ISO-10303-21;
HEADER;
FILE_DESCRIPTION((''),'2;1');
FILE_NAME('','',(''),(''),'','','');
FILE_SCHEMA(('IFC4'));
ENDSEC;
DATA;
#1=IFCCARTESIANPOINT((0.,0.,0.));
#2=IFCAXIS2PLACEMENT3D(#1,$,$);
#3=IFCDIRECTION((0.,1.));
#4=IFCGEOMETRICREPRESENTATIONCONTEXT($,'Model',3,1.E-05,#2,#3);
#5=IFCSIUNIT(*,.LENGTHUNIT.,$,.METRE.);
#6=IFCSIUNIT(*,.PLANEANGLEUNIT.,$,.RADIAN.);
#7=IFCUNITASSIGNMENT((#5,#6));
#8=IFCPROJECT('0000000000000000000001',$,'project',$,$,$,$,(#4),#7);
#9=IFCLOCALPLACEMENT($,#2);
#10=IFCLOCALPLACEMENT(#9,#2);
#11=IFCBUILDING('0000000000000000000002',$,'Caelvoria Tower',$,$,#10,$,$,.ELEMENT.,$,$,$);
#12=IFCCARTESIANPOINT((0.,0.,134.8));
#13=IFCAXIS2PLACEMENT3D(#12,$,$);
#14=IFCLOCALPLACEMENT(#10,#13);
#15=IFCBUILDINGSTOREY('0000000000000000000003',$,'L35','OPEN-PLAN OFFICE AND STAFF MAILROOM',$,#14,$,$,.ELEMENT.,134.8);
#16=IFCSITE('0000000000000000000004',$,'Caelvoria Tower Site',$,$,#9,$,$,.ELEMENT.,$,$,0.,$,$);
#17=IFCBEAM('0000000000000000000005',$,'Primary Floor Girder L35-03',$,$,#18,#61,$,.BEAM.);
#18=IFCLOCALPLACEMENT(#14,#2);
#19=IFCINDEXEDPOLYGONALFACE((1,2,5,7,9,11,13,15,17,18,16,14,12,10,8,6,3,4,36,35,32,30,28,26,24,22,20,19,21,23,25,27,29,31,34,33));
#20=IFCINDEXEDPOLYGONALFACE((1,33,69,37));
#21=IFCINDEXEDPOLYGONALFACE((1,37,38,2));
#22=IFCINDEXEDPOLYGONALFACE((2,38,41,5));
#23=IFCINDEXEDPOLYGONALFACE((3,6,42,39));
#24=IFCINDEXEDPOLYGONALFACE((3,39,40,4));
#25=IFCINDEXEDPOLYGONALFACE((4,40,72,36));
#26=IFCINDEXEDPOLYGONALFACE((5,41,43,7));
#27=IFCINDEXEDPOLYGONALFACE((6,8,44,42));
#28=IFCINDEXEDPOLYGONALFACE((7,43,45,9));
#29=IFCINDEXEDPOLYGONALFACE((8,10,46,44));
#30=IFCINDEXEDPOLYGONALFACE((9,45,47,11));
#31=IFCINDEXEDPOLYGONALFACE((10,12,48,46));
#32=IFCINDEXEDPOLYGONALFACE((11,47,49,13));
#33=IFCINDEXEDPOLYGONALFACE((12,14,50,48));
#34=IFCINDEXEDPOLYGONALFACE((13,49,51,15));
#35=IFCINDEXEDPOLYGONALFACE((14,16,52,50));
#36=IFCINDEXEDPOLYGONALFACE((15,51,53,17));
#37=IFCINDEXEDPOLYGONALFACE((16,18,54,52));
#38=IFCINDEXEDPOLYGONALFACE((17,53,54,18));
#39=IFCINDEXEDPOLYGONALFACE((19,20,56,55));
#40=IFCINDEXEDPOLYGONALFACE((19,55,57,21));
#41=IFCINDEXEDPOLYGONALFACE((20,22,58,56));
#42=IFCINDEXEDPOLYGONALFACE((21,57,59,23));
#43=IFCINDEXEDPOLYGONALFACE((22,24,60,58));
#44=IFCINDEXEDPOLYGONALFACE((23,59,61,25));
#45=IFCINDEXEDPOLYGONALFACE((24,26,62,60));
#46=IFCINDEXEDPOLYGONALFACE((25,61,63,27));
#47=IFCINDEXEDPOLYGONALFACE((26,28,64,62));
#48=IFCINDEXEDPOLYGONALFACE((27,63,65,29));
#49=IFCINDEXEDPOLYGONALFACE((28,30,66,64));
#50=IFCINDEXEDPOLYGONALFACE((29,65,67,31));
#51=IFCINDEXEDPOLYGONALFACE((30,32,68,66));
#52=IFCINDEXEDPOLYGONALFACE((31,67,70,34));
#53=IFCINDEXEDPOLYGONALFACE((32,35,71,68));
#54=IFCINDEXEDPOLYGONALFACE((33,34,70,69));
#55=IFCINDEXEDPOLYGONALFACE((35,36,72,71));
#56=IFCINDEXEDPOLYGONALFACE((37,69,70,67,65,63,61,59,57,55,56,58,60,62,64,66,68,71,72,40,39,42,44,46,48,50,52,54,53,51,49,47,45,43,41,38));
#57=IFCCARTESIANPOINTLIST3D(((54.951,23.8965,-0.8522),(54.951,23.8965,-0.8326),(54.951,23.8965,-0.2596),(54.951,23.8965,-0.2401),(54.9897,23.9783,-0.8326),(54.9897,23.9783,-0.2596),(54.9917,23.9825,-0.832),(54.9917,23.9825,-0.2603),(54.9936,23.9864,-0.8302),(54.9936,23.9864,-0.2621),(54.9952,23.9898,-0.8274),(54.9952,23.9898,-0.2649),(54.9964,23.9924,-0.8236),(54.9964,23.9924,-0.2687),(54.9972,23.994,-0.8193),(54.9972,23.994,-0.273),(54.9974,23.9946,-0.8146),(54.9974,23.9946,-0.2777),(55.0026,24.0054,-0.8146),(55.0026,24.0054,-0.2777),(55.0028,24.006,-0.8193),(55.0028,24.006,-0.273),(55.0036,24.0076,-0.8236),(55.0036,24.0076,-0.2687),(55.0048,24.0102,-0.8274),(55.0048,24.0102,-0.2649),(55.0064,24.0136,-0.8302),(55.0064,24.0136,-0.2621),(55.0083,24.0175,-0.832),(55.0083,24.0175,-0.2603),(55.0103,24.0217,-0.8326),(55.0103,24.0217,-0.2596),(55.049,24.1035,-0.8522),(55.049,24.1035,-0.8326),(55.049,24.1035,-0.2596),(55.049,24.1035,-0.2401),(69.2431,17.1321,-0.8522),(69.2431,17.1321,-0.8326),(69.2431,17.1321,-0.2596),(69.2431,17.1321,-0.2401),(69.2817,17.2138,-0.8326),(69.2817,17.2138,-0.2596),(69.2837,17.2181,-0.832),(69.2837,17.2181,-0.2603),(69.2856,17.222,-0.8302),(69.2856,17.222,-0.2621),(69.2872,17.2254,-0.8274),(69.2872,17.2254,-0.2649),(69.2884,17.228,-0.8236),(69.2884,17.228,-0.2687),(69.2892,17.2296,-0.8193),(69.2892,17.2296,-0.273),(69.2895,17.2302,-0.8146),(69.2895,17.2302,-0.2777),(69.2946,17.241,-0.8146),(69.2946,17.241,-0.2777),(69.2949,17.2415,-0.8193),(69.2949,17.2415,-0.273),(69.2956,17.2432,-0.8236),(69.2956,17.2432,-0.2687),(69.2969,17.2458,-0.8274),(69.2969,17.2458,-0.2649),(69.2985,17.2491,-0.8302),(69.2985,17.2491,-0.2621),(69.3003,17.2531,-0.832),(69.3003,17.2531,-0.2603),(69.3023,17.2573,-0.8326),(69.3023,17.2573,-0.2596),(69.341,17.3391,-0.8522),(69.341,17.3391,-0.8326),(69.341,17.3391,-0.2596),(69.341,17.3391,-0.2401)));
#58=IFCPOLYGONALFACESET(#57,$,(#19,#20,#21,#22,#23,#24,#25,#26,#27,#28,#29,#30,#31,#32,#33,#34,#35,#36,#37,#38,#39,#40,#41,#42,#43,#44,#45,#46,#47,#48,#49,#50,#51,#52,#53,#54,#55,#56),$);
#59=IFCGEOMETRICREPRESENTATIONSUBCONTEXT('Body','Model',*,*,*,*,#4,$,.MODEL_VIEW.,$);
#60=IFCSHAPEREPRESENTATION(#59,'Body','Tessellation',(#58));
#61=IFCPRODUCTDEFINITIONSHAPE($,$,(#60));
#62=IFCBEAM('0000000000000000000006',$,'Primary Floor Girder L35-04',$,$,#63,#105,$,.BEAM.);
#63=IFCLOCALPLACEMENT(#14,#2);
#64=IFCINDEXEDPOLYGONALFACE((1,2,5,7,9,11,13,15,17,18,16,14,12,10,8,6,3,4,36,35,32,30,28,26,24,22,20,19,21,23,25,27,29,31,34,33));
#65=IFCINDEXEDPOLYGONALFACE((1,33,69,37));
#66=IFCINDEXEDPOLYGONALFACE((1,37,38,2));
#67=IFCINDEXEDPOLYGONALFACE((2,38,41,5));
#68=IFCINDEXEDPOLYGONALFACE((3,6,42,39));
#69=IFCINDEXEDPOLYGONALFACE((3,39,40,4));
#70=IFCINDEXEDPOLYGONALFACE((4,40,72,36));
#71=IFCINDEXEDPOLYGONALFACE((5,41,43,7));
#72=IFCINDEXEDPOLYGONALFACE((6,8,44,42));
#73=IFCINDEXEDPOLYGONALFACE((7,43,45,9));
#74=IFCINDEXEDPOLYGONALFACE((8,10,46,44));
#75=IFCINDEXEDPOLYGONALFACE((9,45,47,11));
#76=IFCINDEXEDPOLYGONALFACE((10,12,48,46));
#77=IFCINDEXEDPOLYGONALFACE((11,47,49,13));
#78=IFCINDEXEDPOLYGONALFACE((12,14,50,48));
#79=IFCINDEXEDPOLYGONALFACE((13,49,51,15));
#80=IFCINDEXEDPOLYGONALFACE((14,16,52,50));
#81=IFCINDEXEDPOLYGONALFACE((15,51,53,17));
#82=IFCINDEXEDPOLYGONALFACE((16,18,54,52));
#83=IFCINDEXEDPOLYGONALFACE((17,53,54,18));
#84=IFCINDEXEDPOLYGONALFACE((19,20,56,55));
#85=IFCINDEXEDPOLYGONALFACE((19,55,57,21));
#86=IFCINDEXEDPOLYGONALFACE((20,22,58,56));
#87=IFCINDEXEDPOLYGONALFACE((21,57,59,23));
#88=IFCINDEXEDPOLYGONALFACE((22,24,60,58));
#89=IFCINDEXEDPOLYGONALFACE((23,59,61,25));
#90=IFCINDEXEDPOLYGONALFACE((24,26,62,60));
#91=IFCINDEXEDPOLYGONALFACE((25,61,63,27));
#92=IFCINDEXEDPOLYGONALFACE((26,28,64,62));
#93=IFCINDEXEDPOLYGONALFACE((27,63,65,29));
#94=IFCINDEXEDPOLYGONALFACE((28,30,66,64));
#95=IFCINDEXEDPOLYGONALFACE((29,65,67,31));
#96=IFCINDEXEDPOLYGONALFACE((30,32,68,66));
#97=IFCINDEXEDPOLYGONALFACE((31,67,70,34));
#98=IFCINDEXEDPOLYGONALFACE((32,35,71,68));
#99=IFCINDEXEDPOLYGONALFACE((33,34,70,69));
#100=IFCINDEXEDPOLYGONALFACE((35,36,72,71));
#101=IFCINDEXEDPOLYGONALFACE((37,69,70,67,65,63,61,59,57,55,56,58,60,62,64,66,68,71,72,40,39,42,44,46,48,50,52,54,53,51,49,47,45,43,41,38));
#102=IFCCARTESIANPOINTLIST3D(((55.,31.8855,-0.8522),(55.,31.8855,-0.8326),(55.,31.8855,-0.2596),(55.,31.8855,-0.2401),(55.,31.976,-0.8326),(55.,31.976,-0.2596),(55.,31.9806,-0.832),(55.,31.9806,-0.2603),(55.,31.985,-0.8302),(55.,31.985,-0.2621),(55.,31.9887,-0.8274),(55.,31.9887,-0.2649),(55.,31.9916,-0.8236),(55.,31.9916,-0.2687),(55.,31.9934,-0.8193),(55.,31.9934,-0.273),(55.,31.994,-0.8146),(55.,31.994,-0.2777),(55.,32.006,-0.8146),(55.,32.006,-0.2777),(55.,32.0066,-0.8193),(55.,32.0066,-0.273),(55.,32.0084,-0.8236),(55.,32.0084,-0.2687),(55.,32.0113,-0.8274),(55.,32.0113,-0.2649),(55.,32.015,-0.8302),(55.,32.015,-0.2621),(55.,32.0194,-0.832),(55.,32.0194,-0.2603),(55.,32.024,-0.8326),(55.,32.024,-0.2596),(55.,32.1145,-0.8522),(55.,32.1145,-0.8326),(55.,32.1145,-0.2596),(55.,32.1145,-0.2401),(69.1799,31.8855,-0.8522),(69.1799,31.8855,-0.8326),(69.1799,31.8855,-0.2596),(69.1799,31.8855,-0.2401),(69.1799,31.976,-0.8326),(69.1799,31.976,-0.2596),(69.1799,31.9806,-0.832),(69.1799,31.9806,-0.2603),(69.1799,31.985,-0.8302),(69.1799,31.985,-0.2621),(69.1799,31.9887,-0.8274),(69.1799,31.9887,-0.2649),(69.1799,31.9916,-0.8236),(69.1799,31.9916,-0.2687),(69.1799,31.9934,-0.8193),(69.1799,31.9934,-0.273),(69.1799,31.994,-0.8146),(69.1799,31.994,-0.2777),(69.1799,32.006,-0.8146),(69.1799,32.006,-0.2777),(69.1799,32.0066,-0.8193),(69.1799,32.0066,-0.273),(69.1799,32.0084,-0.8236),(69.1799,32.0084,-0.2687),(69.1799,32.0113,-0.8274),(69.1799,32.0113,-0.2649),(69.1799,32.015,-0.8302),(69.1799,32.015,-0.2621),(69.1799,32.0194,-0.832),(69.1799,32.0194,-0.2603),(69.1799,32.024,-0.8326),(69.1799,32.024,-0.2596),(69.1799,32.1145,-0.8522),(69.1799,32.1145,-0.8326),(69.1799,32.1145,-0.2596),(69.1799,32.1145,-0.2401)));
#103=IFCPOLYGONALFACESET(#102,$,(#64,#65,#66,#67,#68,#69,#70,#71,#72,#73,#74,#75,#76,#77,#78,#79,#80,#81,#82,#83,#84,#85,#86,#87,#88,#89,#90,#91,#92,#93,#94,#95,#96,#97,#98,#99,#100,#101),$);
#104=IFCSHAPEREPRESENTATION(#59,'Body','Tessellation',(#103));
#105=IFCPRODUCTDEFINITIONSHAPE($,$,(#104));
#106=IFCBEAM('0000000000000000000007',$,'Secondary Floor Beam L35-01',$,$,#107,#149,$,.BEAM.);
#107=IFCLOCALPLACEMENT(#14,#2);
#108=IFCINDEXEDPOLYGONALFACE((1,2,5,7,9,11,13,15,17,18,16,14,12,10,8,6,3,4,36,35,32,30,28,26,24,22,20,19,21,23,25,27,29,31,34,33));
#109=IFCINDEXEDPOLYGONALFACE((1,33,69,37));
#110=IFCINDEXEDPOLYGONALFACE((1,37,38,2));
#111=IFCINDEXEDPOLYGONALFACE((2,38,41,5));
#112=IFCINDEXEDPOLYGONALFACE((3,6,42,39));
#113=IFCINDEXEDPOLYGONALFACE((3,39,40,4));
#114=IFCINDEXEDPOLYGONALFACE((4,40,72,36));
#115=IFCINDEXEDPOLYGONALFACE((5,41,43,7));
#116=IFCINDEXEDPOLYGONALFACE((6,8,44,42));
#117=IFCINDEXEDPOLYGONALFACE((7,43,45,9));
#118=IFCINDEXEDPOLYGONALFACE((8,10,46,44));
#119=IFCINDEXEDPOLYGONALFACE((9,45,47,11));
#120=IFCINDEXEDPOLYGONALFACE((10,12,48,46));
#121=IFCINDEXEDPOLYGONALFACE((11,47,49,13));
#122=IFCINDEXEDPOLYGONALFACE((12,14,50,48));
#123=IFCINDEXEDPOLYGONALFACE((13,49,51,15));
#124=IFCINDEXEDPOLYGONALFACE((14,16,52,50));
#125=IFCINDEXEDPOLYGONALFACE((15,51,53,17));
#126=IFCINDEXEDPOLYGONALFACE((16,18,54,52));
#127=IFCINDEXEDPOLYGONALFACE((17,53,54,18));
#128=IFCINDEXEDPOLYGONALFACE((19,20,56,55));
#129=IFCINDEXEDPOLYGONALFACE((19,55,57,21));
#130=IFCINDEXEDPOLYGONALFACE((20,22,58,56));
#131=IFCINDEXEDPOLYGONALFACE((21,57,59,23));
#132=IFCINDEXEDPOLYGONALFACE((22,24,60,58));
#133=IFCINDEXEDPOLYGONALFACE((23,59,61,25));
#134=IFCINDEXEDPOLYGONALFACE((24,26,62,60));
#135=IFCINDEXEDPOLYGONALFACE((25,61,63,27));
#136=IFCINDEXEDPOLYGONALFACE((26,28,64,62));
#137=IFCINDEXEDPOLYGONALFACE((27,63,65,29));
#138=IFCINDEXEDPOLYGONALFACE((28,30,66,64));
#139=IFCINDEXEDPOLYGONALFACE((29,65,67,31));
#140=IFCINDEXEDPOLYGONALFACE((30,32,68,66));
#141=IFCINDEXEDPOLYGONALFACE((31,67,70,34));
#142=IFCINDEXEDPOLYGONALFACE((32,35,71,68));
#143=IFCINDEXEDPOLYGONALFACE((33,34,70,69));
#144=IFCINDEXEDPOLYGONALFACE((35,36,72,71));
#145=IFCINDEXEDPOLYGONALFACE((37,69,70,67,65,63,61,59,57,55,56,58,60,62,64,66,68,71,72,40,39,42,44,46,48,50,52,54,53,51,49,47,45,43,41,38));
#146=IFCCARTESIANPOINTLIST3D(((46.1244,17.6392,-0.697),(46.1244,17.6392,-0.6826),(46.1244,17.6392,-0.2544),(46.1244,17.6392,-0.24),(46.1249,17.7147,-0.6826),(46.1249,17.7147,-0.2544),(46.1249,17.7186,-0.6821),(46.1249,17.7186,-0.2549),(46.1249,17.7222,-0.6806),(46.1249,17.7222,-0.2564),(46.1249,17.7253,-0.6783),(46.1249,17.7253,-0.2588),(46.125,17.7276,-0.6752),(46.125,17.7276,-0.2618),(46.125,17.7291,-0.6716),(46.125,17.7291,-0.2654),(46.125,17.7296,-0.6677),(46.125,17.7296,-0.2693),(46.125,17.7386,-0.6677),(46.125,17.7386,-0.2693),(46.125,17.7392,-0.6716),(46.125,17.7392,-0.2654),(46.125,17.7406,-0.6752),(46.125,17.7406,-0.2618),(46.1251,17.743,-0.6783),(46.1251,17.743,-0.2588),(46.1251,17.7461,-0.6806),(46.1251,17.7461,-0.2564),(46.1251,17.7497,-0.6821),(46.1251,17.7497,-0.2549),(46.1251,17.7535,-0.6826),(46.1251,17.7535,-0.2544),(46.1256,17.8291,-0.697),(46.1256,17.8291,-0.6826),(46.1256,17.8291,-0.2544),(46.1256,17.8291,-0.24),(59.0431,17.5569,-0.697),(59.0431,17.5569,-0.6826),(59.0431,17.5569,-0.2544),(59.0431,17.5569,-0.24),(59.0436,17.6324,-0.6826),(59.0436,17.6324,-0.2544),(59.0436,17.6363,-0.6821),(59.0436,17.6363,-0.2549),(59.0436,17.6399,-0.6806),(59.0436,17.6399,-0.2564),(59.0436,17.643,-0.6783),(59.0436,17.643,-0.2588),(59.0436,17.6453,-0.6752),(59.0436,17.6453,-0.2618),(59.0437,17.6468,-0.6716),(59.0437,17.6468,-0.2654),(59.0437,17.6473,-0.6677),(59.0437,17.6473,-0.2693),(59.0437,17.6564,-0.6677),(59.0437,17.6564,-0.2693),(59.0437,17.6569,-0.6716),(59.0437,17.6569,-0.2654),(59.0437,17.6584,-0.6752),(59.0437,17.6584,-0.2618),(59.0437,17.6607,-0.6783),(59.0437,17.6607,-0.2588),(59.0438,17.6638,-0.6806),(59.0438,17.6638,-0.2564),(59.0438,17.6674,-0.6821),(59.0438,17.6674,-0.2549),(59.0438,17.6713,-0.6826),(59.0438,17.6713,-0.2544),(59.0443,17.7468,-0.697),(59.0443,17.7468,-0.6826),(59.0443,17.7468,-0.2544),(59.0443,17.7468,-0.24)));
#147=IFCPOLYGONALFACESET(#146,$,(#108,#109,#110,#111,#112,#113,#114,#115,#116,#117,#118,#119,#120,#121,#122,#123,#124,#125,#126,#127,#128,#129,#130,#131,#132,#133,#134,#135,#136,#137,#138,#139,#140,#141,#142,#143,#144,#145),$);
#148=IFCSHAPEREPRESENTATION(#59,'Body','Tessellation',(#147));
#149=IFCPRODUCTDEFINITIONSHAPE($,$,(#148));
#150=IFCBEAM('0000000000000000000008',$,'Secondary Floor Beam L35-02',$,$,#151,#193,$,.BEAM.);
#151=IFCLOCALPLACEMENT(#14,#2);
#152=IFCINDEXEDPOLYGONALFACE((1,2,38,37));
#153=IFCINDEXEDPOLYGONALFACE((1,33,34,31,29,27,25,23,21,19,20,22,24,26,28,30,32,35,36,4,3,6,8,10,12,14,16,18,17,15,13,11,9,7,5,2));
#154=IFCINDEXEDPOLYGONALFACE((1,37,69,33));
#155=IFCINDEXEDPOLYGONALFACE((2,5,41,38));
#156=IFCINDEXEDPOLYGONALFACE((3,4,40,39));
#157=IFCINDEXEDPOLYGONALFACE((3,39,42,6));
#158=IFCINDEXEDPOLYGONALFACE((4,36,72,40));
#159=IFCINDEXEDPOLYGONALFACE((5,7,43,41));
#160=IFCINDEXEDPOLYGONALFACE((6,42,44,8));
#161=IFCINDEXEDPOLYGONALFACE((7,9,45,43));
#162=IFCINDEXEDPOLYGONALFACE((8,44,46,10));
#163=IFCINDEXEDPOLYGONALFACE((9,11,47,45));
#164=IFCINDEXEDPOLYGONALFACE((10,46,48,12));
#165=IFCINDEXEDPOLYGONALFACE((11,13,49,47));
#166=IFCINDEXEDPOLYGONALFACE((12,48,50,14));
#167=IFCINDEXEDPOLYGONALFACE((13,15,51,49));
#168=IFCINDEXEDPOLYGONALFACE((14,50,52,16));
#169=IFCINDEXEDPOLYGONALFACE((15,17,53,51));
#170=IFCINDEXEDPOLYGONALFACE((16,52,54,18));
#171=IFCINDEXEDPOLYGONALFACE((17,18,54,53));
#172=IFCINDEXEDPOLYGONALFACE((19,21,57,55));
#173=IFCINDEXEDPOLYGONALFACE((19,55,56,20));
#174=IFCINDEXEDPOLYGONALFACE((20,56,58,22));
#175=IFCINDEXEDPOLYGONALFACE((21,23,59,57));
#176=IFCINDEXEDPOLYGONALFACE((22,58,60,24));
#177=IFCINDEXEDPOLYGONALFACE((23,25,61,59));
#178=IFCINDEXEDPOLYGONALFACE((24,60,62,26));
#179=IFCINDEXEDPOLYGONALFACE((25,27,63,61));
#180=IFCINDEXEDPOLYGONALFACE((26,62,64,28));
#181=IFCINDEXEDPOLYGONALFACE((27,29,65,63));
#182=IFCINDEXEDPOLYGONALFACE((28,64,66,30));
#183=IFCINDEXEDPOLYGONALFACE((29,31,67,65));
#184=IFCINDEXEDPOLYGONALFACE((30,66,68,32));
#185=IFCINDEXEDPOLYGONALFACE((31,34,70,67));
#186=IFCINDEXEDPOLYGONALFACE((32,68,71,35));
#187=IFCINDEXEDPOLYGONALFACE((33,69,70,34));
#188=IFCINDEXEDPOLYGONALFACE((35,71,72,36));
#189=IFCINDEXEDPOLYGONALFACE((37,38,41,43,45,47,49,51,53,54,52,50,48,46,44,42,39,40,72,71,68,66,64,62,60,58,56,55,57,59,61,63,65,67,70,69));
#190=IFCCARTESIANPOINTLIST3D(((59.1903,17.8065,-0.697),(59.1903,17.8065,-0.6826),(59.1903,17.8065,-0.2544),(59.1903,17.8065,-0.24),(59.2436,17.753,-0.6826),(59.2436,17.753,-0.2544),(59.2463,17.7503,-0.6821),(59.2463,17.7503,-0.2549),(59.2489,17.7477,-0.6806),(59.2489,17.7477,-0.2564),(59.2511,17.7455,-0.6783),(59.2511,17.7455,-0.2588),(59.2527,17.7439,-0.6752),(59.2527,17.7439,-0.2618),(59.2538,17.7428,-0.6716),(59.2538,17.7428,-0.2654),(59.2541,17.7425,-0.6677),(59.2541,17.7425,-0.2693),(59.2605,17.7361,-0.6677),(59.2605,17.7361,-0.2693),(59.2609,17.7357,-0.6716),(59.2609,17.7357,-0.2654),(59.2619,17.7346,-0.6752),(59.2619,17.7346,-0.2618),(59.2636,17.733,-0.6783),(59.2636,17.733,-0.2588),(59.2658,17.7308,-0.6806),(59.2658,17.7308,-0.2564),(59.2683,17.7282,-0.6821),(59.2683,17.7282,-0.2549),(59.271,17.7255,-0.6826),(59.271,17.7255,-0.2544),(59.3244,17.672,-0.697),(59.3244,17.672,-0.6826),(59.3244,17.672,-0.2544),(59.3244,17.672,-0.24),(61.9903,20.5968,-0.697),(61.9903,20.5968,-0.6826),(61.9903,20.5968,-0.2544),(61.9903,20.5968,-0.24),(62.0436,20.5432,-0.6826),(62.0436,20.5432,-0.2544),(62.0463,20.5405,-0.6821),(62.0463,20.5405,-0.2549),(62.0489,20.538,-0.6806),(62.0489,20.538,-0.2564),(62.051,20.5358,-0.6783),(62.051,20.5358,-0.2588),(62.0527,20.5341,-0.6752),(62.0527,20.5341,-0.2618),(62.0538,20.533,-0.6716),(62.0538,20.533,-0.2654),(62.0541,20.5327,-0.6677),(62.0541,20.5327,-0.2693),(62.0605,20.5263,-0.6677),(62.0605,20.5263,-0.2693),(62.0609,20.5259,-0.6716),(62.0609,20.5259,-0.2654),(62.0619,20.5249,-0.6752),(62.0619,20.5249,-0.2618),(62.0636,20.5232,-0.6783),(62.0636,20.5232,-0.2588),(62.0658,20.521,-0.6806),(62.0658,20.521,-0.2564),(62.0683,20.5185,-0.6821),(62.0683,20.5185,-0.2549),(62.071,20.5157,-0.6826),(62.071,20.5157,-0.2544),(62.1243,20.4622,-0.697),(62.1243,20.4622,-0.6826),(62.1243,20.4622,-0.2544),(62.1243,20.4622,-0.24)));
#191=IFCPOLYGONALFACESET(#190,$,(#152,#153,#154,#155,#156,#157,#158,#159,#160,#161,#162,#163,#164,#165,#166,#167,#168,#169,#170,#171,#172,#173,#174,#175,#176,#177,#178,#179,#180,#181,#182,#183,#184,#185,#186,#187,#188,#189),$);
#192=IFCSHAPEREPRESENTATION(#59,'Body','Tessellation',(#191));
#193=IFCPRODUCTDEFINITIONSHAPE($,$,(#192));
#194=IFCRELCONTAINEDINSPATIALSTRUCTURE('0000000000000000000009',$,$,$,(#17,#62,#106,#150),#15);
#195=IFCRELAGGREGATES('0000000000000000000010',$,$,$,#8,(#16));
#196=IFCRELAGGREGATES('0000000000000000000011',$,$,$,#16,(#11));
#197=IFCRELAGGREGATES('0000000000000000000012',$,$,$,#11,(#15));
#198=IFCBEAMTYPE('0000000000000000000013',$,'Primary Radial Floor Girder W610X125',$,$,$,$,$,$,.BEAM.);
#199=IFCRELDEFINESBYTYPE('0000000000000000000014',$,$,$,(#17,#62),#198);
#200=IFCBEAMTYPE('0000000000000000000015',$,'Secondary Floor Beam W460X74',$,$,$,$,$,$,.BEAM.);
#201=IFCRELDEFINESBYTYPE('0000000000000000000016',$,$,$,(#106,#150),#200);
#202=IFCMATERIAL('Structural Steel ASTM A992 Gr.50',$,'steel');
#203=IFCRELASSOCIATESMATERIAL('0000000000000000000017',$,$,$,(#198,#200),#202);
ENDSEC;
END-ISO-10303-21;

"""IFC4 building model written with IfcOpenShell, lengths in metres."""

from ifc_helpers import new_model, si_unit, direction, frame, origin, origin_2d, place, context, subcontext, project, spatial, i_section, extrude, material, material_profile, profile_set, type_object, element, save


model = new_model("IFC4")

# Units and contexts
model_context = context("Model", 3, precision=1e-05, world=origin(), true_north=direction((0.0, 1.0)))
body_context = subcontext(model_context, "Body", "Model", "MODEL_VIEW")
ifc_project = project(units=[si_unit("LENGTHUNIT", "METRE"), si_unit("PLANEANGLEUNIT", "RADIAN")], contexts=[model_context])

# Site, building, storey
site_placement = place(None, origin())
site = spatial("IfcSite", under=ifc_project, at=site_placement, Name="Caelvoria Tower Site", CompositionType="ELEMENT", RefElevation=0.0)
building_placement = place(site_placement, origin())
building = spatial("IfcBuilding", under=site, at=building_placement, Name="Caelvoria Tower", CompositionType="ELEMENT")
storey_placement = place(building_placement, frame((0.0, 0.0, 134.8)))
storey = spatial("IfcBuildingStorey", under=building, at=storey_placement, Name="L35", Description="OPEN-PLAN OFFICE AND STAFF MAILROOM", CompositionType="ELEMENT", Elevation=134.8)

# Beams
ifc_material_1 = material(Name="Structural Steel ASTM A992 Gr.50", Category="steel")
ifc_material_profile_1 = material_profile(ifc_material_1, i_section(OverallWidth=0.229, OverallDepth=0.6121, WebThickness=0.012, FlangeThickness=0.0195, FilletRadius=0.0181, at=origin_2d()), Name="Structural Steel ASTM A992 Gr.50")
ifc_profile_set_1 = profile_set([ifc_material_profile_1], Name="W610X125 - Structural Steel ASTM A992 Gr.50")
beam_type_1 = type_object("IfcBeamType", Name="Primary Radial Floor Girder W610X125", PredefinedType="BEAM", material=ifc_profile_set_1)
beam_1_placement = place(storey_placement, frame((55.0, 24.0, -0.5461), z_axis=(0.903872, -0.427803, 0.0), x_axis=(0.427803, 0.903872, 0.0)))
element("IfcBeam", 1, at=beam_1_placement, inside=storey, type_object=beam_type_1, Name="Primary Floor Girder L35-03", PredefinedType="BEAM", context=body_context, shape_type="SweptSolid", body=[
    extrude(i_section(OverallWidth=0.229, OverallDepth=0.6121, WebThickness=0.012, FlangeThickness=0.0195, FilletRadius=0.0181, at=origin_2d()), origin(), (0.0, 0.0, 1.0), 15.812),
])
beam_2_placement = place(storey_placement, frame((55.0, 32.0, -0.5461), z_axis=(1.0, 0.0, 0.0), x_axis=(0.0, 1.0, 0.0)))
element("IfcBeam", 2, at=beam_2_placement, inside=storey, type_object=beam_type_1, Name="Primary Floor Girder L35-04", PredefinedType="BEAM", context=body_context, shape_type="SweptSolid", body=[
    extrude(i_section(OverallWidth=0.229, OverallDepth=0.6121, WebThickness=0.012, FlangeThickness=0.0195, FilletRadius=0.0181, at=origin_2d()), origin(), (0.0, 0.0, 1.0), 14.1799),
])
ifc_material_profile_2 = material_profile(ifc_material_1, i_section(OverallWidth=0.1899, OverallDepth=0.457, WebThickness=0.009, FlangeThickness=0.0144, FilletRadius=0.0149, at=origin_2d()), Name="Structural Steel ASTM A992 Gr.50")
ifc_profile_set_2 = profile_set([ifc_material_profile_2], Name="W460X74 - Structural Steel ASTM A992 Gr.50")
beam_type_2 = type_object("IfcBeamType", Name="Secondary Floor Beam W460X74", PredefinedType="BEAM", material=ifc_profile_set_2)
beam_3_placement = place(storey_placement, frame((46.125, 17.7341, -0.4685), z_axis=(0.99998, -0.006369, 0.0), x_axis=(0.006369, 0.99998, 0.0)))
element("IfcBeam", 3, at=beam_3_placement, inside=storey, type_object=beam_type_2, Name="Secondary Floor Beam L35-01", PredefinedType="BEAM", context=body_context, shape_type="SweptSolid", body=[
    extrude(i_section(OverallWidth=0.1899, OverallDepth=0.457, WebThickness=0.009, FlangeThickness=0.0144, FilletRadius=0.0149, at=origin_2d()), origin(), (0.0, 0.0, 1.0), 12.9189),
])
beam_4_placement = place(storey_placement, frame((59.2573, 17.7393, -0.4685), z_axis=(0.708341, 0.70587, 0.0), x_axis=(-0.70587, 0.708341, 0.0)))
element("IfcBeam", 4, at=beam_4_placement, inside=storey, type_object=beam_type_2, Name="Secondary Floor Beam L35-02", PredefinedType="BEAM", context=body_context, shape_type="SweptSolid", body=[
    extrude(i_section(OverallWidth=0.1899, OverallDepth=0.457, WebThickness=0.009, FlangeThickness=0.0144, FilletRadius=0.0149, at=origin_2d()), origin(), (0.0, 0.0, 1.0), 3.9529),
])

save(model, "model.ifc")
